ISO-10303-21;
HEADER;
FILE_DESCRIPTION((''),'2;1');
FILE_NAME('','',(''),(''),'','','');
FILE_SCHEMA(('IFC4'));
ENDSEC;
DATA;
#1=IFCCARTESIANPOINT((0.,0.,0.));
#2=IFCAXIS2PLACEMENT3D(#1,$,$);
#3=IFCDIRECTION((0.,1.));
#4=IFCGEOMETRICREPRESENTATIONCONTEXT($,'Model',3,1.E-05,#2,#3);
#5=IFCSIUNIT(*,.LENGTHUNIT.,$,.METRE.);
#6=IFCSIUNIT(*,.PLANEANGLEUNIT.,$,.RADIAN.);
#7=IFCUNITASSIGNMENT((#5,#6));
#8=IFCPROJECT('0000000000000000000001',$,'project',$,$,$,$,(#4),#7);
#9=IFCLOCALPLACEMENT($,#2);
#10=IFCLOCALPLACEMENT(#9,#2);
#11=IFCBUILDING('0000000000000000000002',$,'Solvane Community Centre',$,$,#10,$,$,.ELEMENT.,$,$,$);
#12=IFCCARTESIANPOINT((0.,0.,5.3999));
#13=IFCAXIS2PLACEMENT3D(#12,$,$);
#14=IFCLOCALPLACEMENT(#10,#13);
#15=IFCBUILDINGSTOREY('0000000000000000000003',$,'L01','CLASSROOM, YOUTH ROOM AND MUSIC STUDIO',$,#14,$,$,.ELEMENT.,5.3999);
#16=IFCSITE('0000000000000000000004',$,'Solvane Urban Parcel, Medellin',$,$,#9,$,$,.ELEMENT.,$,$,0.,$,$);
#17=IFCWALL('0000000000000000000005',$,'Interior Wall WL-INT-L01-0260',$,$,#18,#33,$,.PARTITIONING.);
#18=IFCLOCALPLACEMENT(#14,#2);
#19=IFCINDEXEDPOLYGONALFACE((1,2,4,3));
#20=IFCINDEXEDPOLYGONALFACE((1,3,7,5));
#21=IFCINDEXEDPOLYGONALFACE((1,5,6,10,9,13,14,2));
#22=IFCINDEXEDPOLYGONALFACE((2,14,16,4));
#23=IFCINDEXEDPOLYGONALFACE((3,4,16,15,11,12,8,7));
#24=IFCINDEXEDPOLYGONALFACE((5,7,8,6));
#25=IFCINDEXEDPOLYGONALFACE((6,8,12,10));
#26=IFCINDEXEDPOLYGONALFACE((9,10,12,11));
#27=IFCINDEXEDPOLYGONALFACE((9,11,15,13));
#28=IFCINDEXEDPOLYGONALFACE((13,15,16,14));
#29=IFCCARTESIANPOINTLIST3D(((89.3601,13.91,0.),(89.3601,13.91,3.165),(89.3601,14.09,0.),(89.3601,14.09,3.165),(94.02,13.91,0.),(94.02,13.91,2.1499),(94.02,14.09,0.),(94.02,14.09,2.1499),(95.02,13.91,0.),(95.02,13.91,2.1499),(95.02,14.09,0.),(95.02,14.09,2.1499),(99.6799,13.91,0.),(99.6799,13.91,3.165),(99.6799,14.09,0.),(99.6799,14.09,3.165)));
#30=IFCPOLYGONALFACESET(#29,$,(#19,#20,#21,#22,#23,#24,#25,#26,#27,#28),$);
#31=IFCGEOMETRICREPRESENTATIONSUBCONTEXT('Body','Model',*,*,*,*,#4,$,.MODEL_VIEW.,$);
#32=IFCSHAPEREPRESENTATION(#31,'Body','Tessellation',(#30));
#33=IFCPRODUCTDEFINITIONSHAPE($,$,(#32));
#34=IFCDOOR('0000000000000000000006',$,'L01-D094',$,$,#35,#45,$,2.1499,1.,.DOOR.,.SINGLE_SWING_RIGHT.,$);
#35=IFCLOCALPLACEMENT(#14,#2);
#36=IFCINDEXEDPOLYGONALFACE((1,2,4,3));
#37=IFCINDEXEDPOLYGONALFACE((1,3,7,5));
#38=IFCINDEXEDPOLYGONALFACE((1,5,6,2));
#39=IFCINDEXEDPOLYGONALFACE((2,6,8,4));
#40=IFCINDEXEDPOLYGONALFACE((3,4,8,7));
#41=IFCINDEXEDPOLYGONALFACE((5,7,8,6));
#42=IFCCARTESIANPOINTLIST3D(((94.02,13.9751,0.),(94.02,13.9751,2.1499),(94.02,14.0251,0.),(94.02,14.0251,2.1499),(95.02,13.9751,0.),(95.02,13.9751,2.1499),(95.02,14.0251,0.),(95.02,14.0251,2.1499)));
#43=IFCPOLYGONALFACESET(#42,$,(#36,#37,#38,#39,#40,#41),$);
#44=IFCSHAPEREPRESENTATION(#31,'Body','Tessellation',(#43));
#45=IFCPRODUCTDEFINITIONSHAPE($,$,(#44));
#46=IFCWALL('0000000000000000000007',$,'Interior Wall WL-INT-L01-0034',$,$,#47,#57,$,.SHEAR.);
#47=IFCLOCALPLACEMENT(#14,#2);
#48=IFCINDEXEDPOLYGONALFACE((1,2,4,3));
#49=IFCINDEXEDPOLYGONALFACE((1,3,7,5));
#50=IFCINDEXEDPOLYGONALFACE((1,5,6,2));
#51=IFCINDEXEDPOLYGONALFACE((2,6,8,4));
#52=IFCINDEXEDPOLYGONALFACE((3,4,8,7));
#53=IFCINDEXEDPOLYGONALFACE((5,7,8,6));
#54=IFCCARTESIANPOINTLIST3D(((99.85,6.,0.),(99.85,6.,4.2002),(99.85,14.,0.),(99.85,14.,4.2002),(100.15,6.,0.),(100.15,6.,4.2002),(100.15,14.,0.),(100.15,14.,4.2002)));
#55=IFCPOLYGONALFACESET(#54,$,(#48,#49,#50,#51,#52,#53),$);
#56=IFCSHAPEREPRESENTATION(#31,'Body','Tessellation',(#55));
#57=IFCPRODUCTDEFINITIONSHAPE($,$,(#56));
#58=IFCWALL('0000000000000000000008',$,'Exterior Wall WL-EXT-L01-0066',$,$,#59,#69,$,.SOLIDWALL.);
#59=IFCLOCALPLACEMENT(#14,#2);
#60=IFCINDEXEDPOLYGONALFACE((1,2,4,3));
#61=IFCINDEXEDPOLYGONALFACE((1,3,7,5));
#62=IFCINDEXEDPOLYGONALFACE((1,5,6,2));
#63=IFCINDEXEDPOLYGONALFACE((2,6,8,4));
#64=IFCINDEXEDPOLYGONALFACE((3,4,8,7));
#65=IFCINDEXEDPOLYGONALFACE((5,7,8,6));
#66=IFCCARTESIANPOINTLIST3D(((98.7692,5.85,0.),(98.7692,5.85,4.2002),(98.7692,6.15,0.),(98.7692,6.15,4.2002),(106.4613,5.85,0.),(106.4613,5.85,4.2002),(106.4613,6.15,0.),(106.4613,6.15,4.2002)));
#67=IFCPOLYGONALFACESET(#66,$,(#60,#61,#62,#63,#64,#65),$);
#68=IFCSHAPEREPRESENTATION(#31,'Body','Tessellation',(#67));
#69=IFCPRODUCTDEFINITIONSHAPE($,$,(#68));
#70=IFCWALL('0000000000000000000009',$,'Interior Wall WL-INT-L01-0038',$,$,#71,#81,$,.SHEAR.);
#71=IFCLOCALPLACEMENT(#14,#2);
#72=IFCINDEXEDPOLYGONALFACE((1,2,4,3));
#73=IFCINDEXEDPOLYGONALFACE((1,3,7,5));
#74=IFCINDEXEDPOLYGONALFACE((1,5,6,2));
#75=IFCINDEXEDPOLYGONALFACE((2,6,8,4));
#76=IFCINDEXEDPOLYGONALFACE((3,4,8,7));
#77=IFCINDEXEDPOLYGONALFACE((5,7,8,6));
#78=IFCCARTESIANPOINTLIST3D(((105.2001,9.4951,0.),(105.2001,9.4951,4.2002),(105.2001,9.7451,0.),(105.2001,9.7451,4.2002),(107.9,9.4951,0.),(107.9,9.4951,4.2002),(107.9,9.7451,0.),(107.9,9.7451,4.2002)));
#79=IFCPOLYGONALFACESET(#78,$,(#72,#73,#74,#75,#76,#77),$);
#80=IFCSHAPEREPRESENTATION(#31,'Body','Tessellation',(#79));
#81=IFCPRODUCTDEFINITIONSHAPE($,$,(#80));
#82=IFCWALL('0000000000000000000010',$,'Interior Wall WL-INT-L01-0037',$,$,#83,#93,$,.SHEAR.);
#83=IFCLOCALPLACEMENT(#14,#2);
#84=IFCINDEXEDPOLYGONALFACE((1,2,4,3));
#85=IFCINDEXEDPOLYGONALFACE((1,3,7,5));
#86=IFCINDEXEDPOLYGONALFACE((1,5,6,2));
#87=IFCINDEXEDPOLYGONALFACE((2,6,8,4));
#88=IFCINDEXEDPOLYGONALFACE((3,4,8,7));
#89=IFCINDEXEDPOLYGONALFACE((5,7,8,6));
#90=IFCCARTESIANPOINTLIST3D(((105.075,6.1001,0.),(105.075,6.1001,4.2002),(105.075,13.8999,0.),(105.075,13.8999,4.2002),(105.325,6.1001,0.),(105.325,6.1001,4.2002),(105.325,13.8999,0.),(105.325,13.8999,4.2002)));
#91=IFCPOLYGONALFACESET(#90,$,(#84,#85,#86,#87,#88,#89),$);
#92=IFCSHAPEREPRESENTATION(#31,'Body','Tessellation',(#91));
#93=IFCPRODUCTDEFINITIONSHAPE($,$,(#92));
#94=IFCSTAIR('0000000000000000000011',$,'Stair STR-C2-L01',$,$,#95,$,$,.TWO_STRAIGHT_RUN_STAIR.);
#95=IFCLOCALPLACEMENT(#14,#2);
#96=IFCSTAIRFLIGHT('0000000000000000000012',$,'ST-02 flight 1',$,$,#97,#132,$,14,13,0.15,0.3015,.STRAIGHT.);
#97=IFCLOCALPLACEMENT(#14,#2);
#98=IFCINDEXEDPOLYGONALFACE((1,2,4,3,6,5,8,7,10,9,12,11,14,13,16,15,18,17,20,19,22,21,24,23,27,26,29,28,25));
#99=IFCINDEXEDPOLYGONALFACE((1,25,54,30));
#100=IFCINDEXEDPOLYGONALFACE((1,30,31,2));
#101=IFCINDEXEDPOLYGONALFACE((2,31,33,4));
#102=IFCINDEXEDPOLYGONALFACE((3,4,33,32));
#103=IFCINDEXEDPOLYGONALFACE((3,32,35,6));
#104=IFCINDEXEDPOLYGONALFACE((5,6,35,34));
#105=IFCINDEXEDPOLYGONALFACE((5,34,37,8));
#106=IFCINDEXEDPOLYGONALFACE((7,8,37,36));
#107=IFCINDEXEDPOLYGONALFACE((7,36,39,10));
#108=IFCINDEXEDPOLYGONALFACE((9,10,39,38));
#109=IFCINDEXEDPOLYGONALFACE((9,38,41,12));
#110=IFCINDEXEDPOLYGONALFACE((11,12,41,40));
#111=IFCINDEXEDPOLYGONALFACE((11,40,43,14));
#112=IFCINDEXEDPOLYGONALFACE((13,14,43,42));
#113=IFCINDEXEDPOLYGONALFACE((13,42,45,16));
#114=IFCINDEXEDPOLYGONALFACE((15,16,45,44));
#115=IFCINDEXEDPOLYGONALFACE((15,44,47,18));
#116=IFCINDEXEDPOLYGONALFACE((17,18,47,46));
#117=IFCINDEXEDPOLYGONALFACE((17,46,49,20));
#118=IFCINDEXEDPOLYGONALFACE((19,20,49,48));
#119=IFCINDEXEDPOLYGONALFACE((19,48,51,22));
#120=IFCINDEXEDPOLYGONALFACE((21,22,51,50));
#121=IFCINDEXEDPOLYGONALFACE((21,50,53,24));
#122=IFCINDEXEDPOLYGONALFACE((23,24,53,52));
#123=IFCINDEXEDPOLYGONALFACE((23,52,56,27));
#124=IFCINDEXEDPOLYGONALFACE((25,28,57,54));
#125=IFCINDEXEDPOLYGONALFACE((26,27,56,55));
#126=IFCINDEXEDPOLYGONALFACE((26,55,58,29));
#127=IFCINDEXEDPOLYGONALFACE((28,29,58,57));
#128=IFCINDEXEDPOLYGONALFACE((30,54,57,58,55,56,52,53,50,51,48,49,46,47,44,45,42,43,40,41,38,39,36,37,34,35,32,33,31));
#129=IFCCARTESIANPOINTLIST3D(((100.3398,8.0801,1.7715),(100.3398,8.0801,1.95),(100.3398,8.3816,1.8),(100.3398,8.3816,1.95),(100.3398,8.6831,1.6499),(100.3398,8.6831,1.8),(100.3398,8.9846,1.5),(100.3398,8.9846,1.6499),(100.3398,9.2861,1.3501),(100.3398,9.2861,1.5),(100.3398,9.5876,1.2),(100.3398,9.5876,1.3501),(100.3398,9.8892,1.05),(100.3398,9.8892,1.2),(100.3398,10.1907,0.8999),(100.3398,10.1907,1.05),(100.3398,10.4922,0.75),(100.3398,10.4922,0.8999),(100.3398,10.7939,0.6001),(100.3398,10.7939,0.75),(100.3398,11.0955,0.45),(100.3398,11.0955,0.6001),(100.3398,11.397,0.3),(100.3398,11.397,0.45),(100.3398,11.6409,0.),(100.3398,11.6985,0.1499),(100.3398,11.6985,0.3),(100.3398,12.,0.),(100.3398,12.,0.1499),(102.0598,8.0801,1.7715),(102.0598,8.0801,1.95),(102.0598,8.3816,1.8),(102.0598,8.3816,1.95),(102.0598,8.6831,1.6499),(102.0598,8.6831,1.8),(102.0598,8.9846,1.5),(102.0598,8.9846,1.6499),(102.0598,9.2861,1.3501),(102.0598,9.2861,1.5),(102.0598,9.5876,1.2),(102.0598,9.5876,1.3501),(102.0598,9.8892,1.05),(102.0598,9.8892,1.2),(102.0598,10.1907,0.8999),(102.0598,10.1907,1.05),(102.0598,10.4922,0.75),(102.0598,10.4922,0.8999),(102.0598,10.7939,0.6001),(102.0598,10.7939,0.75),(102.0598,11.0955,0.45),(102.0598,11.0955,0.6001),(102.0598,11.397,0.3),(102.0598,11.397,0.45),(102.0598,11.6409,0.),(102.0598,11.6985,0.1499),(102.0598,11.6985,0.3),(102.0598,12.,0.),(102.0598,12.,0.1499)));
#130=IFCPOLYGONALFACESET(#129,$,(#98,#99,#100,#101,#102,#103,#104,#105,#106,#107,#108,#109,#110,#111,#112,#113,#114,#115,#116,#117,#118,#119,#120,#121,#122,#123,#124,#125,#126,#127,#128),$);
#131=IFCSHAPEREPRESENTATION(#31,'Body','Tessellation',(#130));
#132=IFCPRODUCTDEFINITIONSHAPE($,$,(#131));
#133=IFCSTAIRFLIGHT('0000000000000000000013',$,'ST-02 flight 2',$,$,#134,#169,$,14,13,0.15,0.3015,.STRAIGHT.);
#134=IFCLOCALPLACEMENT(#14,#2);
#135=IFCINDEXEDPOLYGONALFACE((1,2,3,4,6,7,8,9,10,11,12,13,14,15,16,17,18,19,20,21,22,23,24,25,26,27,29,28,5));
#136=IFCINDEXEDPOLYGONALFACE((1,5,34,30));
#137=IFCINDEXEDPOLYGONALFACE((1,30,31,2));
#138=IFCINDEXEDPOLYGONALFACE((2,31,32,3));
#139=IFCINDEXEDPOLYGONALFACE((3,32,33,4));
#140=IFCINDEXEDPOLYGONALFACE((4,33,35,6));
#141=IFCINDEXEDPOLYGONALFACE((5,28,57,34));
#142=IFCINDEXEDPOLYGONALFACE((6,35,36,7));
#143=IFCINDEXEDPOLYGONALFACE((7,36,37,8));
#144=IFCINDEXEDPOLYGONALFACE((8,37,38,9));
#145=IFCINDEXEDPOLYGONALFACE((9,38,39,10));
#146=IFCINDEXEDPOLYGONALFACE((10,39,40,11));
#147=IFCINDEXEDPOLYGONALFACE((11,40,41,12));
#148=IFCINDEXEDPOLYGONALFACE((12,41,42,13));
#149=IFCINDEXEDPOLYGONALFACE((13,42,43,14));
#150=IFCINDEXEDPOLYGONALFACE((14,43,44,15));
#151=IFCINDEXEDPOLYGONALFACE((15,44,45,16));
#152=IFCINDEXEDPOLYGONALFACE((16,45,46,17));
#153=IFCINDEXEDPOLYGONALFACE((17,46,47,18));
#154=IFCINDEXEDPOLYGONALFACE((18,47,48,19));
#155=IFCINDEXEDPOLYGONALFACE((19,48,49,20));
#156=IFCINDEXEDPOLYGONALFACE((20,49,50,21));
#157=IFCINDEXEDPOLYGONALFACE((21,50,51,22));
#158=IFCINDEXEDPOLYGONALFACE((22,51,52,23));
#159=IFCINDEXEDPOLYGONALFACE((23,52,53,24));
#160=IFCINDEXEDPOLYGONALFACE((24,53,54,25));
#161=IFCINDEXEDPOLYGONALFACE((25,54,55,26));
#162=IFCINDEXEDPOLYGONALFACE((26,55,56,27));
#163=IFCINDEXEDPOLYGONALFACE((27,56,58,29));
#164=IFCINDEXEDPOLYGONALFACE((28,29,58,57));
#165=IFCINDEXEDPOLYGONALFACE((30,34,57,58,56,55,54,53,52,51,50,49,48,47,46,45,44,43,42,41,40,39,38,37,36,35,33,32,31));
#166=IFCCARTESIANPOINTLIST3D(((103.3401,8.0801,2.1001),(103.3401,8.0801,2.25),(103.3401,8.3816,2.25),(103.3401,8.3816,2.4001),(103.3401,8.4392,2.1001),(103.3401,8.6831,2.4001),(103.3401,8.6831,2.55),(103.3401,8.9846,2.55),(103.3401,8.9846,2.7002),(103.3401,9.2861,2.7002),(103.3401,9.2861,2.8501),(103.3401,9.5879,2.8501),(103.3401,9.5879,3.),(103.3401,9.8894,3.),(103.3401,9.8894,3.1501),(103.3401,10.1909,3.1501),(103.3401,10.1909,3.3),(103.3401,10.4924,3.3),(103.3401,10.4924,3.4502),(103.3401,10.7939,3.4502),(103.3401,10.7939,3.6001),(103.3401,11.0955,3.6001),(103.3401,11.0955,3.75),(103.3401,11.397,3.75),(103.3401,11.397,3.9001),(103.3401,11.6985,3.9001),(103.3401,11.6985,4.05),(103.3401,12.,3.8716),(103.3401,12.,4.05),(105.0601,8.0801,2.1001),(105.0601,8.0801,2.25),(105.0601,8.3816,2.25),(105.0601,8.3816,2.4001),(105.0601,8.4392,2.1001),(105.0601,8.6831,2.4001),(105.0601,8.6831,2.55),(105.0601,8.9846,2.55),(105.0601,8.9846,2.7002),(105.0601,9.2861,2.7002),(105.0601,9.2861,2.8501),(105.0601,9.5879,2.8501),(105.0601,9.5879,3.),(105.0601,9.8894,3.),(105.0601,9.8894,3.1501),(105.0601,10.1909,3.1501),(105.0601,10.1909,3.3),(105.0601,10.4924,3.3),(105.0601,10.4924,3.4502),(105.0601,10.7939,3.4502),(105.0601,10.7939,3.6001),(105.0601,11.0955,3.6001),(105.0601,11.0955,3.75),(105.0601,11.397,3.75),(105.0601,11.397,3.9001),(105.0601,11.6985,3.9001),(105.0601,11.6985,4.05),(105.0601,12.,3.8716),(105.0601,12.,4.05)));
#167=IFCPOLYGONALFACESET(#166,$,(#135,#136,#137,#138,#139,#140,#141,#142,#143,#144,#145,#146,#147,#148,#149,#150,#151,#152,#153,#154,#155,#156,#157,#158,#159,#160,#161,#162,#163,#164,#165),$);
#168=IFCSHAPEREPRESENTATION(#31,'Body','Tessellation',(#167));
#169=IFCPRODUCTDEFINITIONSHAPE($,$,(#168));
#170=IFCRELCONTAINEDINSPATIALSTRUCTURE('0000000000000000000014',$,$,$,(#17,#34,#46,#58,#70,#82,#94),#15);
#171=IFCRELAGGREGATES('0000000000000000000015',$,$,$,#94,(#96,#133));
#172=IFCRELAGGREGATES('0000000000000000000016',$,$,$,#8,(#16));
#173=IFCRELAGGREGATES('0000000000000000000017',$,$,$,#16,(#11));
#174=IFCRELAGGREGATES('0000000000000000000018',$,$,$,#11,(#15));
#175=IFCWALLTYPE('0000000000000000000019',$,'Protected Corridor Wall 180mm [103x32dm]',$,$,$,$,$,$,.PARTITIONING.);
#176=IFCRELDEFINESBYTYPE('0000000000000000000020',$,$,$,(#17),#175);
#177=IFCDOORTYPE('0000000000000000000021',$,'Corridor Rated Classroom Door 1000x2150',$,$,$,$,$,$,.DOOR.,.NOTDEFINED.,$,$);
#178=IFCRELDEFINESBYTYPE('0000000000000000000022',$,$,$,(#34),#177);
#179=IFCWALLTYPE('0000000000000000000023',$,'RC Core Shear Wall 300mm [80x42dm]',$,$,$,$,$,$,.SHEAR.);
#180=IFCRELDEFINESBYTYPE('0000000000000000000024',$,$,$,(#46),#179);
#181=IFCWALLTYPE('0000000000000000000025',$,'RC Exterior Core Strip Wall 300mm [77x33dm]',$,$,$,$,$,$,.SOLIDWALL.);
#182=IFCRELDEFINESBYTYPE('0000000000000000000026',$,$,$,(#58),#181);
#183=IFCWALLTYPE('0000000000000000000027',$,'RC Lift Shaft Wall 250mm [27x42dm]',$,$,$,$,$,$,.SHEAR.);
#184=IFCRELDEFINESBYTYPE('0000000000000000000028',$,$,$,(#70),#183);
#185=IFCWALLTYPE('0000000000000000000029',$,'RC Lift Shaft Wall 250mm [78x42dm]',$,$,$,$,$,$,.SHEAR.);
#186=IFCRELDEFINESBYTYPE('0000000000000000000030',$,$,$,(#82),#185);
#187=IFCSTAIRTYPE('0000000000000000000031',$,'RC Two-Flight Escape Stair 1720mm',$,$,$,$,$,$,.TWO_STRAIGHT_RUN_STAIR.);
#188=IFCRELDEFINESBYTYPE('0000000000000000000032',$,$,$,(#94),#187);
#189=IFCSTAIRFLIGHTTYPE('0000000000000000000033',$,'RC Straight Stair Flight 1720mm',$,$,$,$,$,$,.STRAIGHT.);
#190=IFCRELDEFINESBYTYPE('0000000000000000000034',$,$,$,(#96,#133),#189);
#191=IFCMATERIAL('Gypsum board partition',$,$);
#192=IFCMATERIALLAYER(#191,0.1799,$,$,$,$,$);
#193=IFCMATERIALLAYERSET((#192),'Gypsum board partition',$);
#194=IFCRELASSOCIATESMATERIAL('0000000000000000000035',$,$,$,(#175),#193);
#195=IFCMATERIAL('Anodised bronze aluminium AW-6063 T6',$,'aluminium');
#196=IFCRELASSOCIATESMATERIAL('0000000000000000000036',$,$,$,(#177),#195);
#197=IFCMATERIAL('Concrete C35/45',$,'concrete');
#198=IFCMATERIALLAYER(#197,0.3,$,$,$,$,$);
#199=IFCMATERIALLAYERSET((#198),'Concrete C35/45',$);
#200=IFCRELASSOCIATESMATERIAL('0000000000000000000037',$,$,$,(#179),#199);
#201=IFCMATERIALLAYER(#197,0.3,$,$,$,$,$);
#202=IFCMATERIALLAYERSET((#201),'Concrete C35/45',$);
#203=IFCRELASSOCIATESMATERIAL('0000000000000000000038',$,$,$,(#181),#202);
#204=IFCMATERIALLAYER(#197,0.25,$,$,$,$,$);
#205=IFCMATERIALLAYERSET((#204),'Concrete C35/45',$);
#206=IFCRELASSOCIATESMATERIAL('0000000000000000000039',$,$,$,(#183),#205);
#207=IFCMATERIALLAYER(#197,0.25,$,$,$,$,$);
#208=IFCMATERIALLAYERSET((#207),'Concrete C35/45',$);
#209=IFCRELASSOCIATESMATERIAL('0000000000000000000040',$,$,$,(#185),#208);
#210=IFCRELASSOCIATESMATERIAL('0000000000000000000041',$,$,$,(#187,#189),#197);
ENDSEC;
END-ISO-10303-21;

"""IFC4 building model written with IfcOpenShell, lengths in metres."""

from ifc_helpers import new_model, si_unit, direction, frame, frame_2d, origin, place, context, subcontext, project, spatial, polyline, rectangle, outline, extrude, material, layer, layer_set, type_object, element, fill, aggregate, save


model = new_model("IFC4")

# Units and contexts
model_context = context("Model", 3, precision=1e-05, world=origin(), true_north=direction((0.0, 1.0)))
body_context = subcontext(model_context, "Body", "Model", "MODEL_VIEW")
ifc_project = project(units=[si_unit("LENGTHUNIT", "METRE"), si_unit("PLANEANGLEUNIT", "RADIAN")], contexts=[model_context])

# Site, building, storey
site_placement = place(None, origin())
site = spatial("IfcSite", under=ifc_project, at=site_placement, Name="Solvane Urban Parcel, Medellin", CompositionType="ELEMENT", RefElevation=0.0)
building_placement = place(site_placement, origin())
building = spatial("IfcBuilding", under=site, at=building_placement, Name="Solvane Community Centre", CompositionType="ELEMENT")
storey_placement = place(building_placement, frame((0.0, 0.0, 5.3999)))
storey = spatial("IfcBuildingStorey", under=building, at=storey_placement, Name="L01", Description="CLASSROOM, YOUTH ROOM AND MUSIC STUDIO", CompositionType="ELEMENT", Elevation=5.3999)

# Shared definitions
ifc_material_1 = material(Name="Concrete C35/45", Category="concrete")

# Wall, opening, door
ifc_material_2 = material(Name="Gypsum board partition")
ifc_layer_1 = layer(ifc_material_2, 0.1799)
ifc_layer_set_1 = layer_set([ifc_layer_1], Name="Gypsum board partition")
wall_type_1 = type_object("IfcWallType", Name="Protected Corridor Wall 180mm [103x32dm]", PredefinedType="PARTITIONING", material=ifc_layer_set_1)
wall_1_placement = place(storey_placement, frame((99.6799, 14.0, 0.0), z_axis=(0.0, 0.0, 1.0), x_axis=(-1.0, 0.0, 0.0)))
wall_1 = element("IfcWall", 1, at=wall_1_placement, inside=storey, type_object=wall_type_1, Name="Interior Wall WL-INT-L01-0260", PredefinedType="PARTITIONING", context=body_context, shape_type="SweptSolid", body=[
    extrude(rectangle(XDim=10.3198, YDim=0.1799, at=frame_2d((5.1599, 0.0))), origin(), (0.0, 0.0, 1.0), 3.165),
])
opening_placement = place(wall_1_placement, frame((4.6599, 0.0, 0.0)))
opening = element("IfcOpeningElement", 2, at=opening_placement, cuts=wall_1, PredefinedType="OPENING", context=body_context, shape_type="SweptSolid", body=[
    extrude(rectangle(XDim=1.0, YDim=2.1499, at=frame_2d((0.5, 1.075))), frame((0.0, 0.0999, 0.0), z_axis=(0.0, -1.0, 0.0), x_axis=(1.0, 0.0, 0.0)), (0.0, 0.0, 1.0), 0.2),
])
ifc_material_3 = material(Name="Anodised bronze aluminium AW-6063 T6", Category="aluminium")
door_type = type_object("IfcDoorType", Name="Corridor Rated Classroom Door 1000x2150", OperationType="NOTDEFINED", PredefinedType="DOOR", material=ifc_material_3)
door_placement = place(opening_placement, origin())
door = element("IfcDoor", 3, at=door_placement, inside=storey, type_object=door_type, Name="L01-D094", OperationType="SINGLE_SWING_RIGHT", OverallHeight=2.1499, OverallWidth=1.0, PredefinedType="DOOR", context=body_context, shape_type="SweptSolid", body=[
    extrude(rectangle(XDim=1.0, YDim=2.1499, at=frame_2d((0.5, 1.075))), frame((0.0, 0.0249, 0.0), z_axis=(0.0, -1.0, 0.0), x_axis=(1.0, 0.0, 0.0)), (0.0, 0.0, 1.0), 0.05),
])
fill(opening, door)

# Walls
ifc_layer_2 = layer(ifc_material_1, 0.3)
ifc_layer_set_2 = layer_set([ifc_layer_2], Name="Concrete C35/45")
wall_type_2 = type_object("IfcWallType", Name="RC Core Shear Wall 300mm [80x42dm]", PredefinedType="SHEAR", material=ifc_layer_set_2)
wall_2_placement = place(storey_placement, frame((100.0, 6.0, 0.0), z_axis=(0.0, 0.0, 1.0), x_axis=(0.0, 1.0, 0.0)))
element("IfcWall", 4, at=wall_2_placement, inside=storey, type_object=wall_type_2, Name="Interior Wall WL-INT-L01-0034", PredefinedType="SHEAR", context=body_context, shape_type="SweptSolid", body=[
    extrude(rectangle(XDim=8.0, YDim=0.3, at=frame_2d((4.0, 0.0))), origin(), (0.0, 0.0, 1.0), 4.2002),
])
ifc_layer_3 = layer(ifc_material_1, 0.3)
ifc_layer_set_3 = layer_set([ifc_layer_3], Name="Concrete C35/45")
wall_type_3 = type_object("IfcWallType", Name="RC Exterior Core Strip Wall 300mm [77x33dm]", PredefinedType="SOLIDWALL", material=ifc_layer_set_3)
wall_3_placement = place(storey_placement, frame((106.4614, 6.0, 0.0), z_axis=(0.0, 0.0, 1.0), x_axis=(-1.0, 0.0, 0.0)))
element("IfcWall", 5, at=wall_3_placement, inside=storey, type_object=wall_type_3, Name="Exterior Wall WL-EXT-L01-0066", PredefinedType="SOLIDWALL", context=body_context, shape_type="SweptSolid", body=[
    extrude(rectangle(XDim=7.6921, YDim=0.3, at=frame_2d((3.8462, 0.0))), origin(), (0.0, 0.0, 1.0), 4.2002),
])
ifc_layer_4 = layer(ifc_material_1, 0.25)
ifc_layer_set_4 = layer_set([ifc_layer_4], Name="Concrete C35/45")
wall_type_4 = type_object("IfcWallType", Name="RC Lift Shaft Wall 250mm [27x42dm]", PredefinedType="SHEAR", material=ifc_layer_set_4)
wall_4_placement = place(storey_placement, frame((105.2, 9.6201, 0.0), z_axis=(0.0, 0.0, 1.0), x_axis=(1.0, 0.0, 0.0)))
element("IfcWall", 6, at=wall_4_placement, inside=storey, type_object=wall_type_4, Name="Interior Wall WL-INT-L01-0038", PredefinedType="SHEAR", context=body_context, shape_type="SweptSolid", body=[
    extrude(rectangle(XDim=2.7, YDim=0.25, at=frame_2d((1.3501, 0.0))), origin(), (0.0, 0.0, 1.0), 4.2002),
])
ifc_layer_5 = layer(ifc_material_1, 0.25)
ifc_layer_set_5 = layer_set([ifc_layer_5], Name="Concrete C35/45")
wall_type_5 = type_object("IfcWallType", Name="RC Lift Shaft Wall 250mm [78x42dm]", PredefinedType="SHEAR", material=ifc_layer_set_5)
wall_5_placement = place(storey_placement, frame((105.2, 6.1001, 0.0), z_axis=(0.0, 0.0, 1.0), x_axis=(0.0, 1.0, 0.0)))
element("IfcWall", 7, at=wall_5_placement, inside=storey, type_object=wall_type_5, Name="Interior Wall WL-INT-L01-0037", PredefinedType="SHEAR", context=body_context, shape_type="SweptSolid", body=[
    extrude(rectangle(XDim=7.7998, YDim=0.25, at=frame_2d((3.8999, 0.0))), origin(), (0.0, 0.0, 1.0), 4.2002),
])

# Stair, stair flights
stair_type = type_object("IfcStairType", Name="RC Two-Flight Escape Stair 1720mm", PredefinedType="TWO_STRAIGHT_RUN_STAIR", material=ifc_material_1)
stair_placement = place(storey_placement, origin())
stair = element("IfcStair", 8, at=stair_placement, inside=storey, type_object=stair_type, Name="Stair STR-C2-L01", PredefinedType="TWO_STRAIGHT_RUN_STAIR")
stair_flight_type = type_object("IfcStairFlightType", Name="RC Straight Stair Flight 1720mm", PredefinedType="STRAIGHT", material=ifc_material_1)
stair_flight_1_placement = place(storey_placement, frame((101.2, 12.0, 0.0), z_axis=(0.0, 0.0, 1.0), x_axis=(0.0, -1.0, 0.0)))
stair_flight_1 = element("IfcStairFlight", 9, at=stair_flight_1_placement, type_object=stair_flight_type, Name="ST-02 flight 1", NumberOfRisers=14, NumberOfTreads=13, PredefinedType="STRAIGHT", RiserHeight=0.15, TreadLength=0.3015, context=body_context, shape_type="SweptSolid", body=[
    extrude(outline(polyline([(0.0, 0.0), (0.0, 0.1499), (0.3015, 0.1499), (0.3015, 0.3), (0.603, 0.3), (0.603, 0.45), (0.9045, 0.45), (0.9045, 0.6001), (1.2061, 0.6001), (1.2061, 0.75), (1.5078, 0.75), (1.5078, 0.8999), (1.8093, 0.8999), (1.8093, 1.05), (2.1108, 1.05), (2.1108, 1.2), (2.4124, 1.2), (2.4124, 1.3501), (2.7139, 1.3501), (2.7139, 1.5), (3.0154, 1.5), (3.0154, 1.6499), (3.3169, 1.6499), (3.3169, 1.8), (3.6184, 1.8), (3.6184, 1.95), (3.9199, 1.95), (3.9199, 2.1001), (3.9199, 1.7715), (0.3591, 0.0), (0.0, 0.0)])), frame((0.0, 0.8599, 0.0), z_axis=(0.0, -1.0, 0.0), x_axis=(1.0, 0.0, 0.0)), (0.0, 0.0, 1.0), 1.72),
])
stair_flight_2_placement = place(storey_placement, frame((104.2, 8.0801, 2.1001), z_axis=(0.0, 0.0, 1.0), x_axis=(0.0, 1.0, 0.0)))
stair_flight_2 = element("IfcStairFlight", 10, at=stair_flight_2_placement, type_object=stair_flight_type, Name="ST-02 flight 2", NumberOfRisers=14, NumberOfTreads=13, PredefinedType="STRAIGHT", RiserHeight=0.15, TreadLength=0.3015, context=body_context, shape_type="SweptSolid", body=[
    extrude(outline(polyline([(0.0, 0.0), (0.0, 0.1499), (0.3015, 0.1499), (0.3015, 0.3), (0.603, 0.3), (0.603, 0.45), (0.9045, 0.45), (0.9045, 0.6001), (1.2061, 0.6001), (1.2061, 0.75), (1.5078, 0.75), (1.5078, 0.8999), (1.8093, 0.8999), (1.8093, 1.05), (2.1108, 1.05), (2.1108, 1.2), (2.4124, 1.2), (2.4124, 1.3501), (2.7139, 1.3501), (2.7139, 1.5), (3.0154, 1.5), (3.0154, 1.6499), (3.3169, 1.6499), (3.3169, 1.8), (3.6184, 1.8), (3.6184, 1.95), (3.9199, 1.95), (3.9199, 2.1001), (3.9199, 1.7715), (0.3591, 0.0), (0.0, 0.0)])), frame((0.0, 0.8599, 0.0), z_axis=(0.0, -1.0, 0.0), x_axis=(1.0, 0.0, 0.0)), (0.0, 0.0, 1.0), 1.72),
])
aggregate(stair, [stair_flight_1, stair_flight_2])

save(model, "model.ifc")
